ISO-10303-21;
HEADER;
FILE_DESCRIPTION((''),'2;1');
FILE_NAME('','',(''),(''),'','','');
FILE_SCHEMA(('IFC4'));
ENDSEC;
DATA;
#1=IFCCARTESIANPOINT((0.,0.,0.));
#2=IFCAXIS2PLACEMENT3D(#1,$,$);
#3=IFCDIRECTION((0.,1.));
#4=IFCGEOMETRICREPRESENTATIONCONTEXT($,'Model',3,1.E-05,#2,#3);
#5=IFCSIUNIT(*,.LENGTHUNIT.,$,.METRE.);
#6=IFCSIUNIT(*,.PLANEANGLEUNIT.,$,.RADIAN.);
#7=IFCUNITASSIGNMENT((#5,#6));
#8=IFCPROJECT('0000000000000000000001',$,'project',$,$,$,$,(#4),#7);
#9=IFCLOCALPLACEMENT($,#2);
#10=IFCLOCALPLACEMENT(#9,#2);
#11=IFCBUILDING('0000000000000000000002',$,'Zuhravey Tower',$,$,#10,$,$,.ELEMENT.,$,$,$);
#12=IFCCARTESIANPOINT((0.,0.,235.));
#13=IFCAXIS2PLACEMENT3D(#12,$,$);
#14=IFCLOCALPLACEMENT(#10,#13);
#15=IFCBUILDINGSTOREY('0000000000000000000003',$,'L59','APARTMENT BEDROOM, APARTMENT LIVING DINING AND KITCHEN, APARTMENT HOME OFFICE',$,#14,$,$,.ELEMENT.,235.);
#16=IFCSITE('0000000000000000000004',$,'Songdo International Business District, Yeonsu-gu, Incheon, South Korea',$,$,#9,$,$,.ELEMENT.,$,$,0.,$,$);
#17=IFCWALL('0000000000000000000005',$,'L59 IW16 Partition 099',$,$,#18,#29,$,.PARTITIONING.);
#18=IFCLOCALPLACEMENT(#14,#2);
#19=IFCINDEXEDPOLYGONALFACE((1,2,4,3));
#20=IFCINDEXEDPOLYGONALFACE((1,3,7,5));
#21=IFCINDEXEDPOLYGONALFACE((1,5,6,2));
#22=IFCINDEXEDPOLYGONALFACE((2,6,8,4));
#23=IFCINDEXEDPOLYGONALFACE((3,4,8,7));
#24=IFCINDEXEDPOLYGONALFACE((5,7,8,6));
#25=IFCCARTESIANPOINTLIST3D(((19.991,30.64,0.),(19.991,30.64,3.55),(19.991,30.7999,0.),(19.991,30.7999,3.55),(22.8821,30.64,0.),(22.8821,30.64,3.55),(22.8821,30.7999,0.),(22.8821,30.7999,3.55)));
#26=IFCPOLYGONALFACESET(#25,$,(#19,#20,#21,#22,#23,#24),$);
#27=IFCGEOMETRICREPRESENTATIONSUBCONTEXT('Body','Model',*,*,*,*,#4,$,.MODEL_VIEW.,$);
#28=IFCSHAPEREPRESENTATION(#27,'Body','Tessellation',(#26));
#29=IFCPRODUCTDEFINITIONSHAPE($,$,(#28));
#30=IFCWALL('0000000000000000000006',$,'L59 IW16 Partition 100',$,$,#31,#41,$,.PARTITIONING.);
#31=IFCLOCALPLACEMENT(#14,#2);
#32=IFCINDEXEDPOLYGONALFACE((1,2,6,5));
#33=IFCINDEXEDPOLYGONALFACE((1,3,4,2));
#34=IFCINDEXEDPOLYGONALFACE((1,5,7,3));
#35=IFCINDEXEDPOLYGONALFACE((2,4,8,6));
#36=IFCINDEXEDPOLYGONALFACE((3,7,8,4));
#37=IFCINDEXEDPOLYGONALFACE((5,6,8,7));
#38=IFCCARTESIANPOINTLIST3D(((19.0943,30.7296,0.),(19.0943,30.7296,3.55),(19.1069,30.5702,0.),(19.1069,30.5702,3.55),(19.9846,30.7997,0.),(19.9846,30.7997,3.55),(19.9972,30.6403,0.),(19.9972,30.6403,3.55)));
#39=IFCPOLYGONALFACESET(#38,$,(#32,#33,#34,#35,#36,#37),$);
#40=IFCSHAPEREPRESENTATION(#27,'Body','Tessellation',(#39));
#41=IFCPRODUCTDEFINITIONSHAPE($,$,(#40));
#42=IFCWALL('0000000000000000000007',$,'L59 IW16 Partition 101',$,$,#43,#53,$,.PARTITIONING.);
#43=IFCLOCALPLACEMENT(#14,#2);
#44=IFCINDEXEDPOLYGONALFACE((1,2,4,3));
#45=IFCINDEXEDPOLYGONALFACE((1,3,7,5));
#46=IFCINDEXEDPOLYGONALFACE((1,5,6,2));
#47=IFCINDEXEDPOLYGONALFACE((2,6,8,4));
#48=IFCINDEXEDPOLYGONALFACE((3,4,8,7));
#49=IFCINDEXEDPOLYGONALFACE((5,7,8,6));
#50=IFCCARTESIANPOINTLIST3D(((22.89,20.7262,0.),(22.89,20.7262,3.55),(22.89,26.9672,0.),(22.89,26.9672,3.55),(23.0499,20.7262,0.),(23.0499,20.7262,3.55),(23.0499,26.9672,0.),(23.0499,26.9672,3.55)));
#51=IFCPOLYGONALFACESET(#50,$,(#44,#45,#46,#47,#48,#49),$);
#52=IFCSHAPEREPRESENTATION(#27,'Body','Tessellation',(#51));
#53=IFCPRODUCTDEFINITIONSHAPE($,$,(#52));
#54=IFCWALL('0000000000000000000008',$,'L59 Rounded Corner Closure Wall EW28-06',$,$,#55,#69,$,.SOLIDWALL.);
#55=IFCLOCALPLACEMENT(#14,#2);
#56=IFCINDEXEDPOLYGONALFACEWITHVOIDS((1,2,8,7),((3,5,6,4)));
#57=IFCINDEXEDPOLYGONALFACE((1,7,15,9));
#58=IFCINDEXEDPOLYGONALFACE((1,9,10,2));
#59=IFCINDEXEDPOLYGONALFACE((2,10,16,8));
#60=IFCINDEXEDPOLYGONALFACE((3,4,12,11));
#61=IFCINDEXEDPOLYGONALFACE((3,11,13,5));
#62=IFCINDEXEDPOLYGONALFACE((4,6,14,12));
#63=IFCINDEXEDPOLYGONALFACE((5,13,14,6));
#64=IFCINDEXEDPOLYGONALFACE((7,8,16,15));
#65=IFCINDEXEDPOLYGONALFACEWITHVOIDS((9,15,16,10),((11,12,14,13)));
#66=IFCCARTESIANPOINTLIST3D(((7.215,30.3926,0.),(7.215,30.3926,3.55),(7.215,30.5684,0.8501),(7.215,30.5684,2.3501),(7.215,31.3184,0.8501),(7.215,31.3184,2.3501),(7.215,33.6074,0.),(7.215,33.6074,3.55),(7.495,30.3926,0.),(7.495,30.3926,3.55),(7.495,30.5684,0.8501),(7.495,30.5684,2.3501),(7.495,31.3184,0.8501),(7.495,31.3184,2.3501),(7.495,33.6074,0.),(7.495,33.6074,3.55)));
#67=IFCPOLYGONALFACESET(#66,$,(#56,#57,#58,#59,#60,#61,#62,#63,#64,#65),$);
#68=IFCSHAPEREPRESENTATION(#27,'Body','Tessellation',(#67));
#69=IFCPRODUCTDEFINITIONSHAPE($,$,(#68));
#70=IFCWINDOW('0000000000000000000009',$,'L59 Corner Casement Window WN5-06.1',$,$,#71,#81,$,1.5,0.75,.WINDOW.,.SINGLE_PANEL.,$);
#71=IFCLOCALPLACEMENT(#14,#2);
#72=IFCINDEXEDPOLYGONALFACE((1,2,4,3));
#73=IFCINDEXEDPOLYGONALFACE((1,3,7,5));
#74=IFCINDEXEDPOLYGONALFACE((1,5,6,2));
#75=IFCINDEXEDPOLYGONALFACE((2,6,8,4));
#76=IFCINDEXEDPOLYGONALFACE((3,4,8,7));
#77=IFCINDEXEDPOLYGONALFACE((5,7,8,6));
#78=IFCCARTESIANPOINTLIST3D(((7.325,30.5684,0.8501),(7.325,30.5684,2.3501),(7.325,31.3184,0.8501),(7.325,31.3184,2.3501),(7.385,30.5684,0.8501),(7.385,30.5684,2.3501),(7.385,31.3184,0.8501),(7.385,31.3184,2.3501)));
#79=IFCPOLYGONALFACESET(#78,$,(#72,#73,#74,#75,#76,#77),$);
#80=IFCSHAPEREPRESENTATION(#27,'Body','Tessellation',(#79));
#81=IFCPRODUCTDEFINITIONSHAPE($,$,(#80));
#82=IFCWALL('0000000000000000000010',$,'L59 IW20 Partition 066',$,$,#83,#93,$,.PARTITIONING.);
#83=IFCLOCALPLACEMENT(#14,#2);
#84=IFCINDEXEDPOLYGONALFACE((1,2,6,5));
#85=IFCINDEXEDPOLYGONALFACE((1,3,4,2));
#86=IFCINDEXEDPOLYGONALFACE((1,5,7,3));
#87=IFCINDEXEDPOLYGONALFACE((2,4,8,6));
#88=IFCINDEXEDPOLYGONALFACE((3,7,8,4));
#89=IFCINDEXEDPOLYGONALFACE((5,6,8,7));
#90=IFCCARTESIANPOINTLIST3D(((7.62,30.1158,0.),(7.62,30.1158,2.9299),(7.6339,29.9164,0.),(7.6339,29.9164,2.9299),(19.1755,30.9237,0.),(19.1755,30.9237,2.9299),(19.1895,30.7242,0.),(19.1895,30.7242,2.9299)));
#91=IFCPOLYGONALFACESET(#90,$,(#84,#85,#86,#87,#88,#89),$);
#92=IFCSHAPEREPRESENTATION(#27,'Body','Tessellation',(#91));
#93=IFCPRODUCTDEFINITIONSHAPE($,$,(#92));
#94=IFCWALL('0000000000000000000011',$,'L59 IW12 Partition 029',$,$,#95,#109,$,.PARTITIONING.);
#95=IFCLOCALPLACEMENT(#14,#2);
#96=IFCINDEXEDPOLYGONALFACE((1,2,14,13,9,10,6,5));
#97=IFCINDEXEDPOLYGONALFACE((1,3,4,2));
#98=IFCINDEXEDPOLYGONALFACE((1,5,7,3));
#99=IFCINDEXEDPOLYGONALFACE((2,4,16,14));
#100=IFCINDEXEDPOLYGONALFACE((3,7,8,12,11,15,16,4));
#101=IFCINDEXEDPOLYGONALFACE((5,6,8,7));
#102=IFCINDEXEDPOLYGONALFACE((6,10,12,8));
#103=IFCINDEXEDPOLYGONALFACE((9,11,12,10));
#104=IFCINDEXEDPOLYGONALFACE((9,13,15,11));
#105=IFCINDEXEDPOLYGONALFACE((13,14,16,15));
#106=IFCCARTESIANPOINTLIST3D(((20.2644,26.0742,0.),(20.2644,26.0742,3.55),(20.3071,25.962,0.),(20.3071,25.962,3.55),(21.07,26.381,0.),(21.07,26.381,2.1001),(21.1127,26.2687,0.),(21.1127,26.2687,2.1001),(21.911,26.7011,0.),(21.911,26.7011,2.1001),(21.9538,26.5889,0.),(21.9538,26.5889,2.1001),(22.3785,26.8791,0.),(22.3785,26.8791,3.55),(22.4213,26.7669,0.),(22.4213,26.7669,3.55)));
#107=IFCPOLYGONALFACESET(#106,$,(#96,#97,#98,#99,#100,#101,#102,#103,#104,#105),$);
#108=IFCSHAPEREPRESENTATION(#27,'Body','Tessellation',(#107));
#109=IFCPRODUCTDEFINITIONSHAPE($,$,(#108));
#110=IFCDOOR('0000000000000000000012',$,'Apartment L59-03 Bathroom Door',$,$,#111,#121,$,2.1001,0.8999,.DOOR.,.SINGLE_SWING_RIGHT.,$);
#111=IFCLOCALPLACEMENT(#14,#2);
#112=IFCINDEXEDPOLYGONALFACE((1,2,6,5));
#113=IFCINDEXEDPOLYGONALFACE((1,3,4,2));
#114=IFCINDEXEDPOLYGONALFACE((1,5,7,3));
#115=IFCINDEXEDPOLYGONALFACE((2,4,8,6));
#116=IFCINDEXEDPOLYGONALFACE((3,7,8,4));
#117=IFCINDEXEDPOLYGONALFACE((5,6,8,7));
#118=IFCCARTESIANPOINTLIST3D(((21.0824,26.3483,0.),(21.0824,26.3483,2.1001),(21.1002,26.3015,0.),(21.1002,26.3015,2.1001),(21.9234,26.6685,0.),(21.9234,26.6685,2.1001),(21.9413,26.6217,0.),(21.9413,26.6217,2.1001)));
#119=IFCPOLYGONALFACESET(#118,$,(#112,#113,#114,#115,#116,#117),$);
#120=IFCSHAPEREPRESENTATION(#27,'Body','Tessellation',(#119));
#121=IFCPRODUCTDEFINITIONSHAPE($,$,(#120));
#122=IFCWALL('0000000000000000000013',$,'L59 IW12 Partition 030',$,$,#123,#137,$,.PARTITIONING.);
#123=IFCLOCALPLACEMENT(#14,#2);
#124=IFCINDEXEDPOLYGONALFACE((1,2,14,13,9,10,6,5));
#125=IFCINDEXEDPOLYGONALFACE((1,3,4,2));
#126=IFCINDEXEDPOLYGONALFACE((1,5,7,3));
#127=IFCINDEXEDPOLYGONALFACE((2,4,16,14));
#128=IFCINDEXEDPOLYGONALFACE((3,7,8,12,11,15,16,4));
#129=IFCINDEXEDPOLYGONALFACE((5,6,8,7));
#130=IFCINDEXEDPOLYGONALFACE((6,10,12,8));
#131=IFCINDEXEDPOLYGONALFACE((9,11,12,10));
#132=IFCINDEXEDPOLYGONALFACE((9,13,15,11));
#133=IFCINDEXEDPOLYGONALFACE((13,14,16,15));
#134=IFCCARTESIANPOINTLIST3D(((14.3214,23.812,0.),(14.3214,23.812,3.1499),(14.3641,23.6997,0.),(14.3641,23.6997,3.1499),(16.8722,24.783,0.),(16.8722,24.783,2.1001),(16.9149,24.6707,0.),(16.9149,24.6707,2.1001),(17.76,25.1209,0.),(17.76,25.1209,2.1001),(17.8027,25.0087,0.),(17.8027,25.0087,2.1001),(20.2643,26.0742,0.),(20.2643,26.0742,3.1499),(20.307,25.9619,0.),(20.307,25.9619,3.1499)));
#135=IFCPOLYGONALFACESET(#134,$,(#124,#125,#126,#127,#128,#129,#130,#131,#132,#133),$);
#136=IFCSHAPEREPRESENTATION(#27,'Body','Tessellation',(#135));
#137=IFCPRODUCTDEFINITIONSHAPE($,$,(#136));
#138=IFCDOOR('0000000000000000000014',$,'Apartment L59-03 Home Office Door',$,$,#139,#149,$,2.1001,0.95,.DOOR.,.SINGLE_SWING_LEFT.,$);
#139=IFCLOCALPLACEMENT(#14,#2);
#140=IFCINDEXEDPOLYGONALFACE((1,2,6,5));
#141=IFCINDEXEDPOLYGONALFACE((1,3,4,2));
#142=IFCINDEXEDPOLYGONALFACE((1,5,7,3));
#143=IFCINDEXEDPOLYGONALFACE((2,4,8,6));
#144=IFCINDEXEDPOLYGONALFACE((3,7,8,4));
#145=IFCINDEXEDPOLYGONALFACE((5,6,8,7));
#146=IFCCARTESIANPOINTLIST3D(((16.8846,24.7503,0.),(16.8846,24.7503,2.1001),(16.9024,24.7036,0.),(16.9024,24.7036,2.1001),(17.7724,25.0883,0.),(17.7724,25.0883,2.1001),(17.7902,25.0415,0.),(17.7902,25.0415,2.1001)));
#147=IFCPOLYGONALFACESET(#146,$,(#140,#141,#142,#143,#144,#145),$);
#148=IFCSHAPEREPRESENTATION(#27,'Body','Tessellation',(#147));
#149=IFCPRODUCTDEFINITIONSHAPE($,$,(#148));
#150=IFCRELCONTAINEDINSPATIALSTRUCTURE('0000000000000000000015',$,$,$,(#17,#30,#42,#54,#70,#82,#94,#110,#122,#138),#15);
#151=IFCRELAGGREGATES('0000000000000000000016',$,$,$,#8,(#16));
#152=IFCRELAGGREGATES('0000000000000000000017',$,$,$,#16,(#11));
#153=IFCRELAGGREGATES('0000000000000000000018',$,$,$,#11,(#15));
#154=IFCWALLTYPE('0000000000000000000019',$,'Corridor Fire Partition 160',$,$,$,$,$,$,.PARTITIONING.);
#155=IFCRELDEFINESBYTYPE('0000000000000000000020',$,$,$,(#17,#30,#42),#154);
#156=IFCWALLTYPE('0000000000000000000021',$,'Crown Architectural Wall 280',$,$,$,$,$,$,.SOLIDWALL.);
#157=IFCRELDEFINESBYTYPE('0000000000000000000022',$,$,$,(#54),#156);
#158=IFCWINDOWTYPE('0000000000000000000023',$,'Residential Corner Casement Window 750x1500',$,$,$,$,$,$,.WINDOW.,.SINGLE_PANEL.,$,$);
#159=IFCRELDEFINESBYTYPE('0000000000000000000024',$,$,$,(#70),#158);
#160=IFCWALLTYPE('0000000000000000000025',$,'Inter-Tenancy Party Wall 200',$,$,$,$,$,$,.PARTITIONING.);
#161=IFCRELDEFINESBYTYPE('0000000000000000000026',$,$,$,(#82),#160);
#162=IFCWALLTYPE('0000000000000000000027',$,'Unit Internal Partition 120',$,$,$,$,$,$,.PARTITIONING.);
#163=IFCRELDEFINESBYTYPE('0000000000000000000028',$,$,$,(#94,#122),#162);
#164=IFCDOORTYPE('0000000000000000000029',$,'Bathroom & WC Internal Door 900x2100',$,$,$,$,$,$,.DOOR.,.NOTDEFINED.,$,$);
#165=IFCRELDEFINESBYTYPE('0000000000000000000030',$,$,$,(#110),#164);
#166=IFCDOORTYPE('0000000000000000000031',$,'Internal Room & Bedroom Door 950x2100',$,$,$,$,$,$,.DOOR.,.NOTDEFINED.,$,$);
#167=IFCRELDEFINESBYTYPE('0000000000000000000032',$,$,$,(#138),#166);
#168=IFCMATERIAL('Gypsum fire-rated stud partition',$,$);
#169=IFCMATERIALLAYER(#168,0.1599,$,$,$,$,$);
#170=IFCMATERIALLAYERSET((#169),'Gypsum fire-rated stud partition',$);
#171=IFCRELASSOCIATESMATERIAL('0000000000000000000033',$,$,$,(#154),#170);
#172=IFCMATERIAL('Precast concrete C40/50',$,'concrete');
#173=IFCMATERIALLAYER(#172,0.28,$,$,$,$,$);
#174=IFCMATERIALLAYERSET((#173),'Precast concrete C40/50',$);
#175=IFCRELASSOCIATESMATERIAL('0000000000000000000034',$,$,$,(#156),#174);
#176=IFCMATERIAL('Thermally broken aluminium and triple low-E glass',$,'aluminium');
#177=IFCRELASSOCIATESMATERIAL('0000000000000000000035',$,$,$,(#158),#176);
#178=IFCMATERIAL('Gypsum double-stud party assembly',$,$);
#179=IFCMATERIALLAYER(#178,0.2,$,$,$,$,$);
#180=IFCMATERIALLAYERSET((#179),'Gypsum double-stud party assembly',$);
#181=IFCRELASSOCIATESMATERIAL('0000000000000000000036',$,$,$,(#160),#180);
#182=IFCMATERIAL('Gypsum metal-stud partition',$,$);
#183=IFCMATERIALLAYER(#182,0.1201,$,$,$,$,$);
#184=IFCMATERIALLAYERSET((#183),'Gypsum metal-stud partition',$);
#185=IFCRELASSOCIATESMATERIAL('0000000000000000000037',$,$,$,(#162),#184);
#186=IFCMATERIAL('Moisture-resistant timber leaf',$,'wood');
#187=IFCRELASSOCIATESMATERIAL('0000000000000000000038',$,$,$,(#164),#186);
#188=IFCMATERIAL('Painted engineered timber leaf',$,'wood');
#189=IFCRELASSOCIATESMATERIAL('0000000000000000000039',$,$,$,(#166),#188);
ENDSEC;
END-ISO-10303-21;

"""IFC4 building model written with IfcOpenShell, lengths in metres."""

from ifc_helpers import new_model, si_unit, direction, frame, frame_2d, origin, place, context, subcontext, project, spatial, rectangle, extrude, material, layer, layer_set, type_object, element, fill, save


model = new_model("IFC4")

# Units and contexts
model_context = context("Model", 3, precision=1e-05, world=origin(), true_north=direction((0.0, 1.0)))
body_context = subcontext(model_context, "Body", "Model", "MODEL_VIEW")
ifc_project = project(units=[si_unit("LENGTHUNIT", "METRE"), si_unit("PLANEANGLEUNIT", "RADIAN")], contexts=[model_context])

# Site, building, storey
site_placement = place(None, origin())
site = spatial("IfcSite", under=ifc_project, at=site_placement, Name="Songdo International Business District, Yeonsu-gu, Incheon, South Korea", CompositionType="ELEMENT", RefElevation=0.0)
building_placement = place(site_placement, origin())
building = spatial("IfcBuilding", under=site, at=building_placement, Name="Zuhravey Tower", CompositionType="ELEMENT")
storey_placement = place(building_placement, frame((0.0, 0.0, 235.0)))
storey = spatial("IfcBuildingStorey", under=building, at=storey_placement, Name="L59", Description="APARTMENT BEDROOM, APARTMENT LIVING DINING AND KITCHEN, APARTMENT HOME OFFICE", CompositionType="ELEMENT", Elevation=235.0)

# Walls
ifc_material_1 = material(Name="Gypsum fire-rated stud partition")
ifc_layer_1 = layer(ifc_material_1, 0.1599)
ifc_layer_set_1 = layer_set([ifc_layer_1], Name="Gypsum fire-rated stud partition")
wall_type_1 = type_object("IfcWallType", Name="Corridor Fire Partition 160", PredefinedType="PARTITIONING", material=ifc_layer_set_1)
wall_1_placement = place(storey_placement, frame((19.991, 30.72, 0.0), z_axis=(0.0, 0.0, 1.0), x_axis=(1.0, 0.0, 0.0)))
element("IfcWall", 1, at=wall_1_placement, inside=storey, type_object=wall_type_1, Name="L59 IW16 Partition 099", PredefinedType="PARTITIONING", context=body_context, shape_type="SweptSolid", body=[
    extrude(rectangle(XDim=2.8911, YDim=0.1599, at=frame_2d((1.4456, 0.0))), origin(), (0.0, 0.0, 1.0), 3.55),
])
wall_2_placement = place(storey_placement, frame((19.1006, 30.6499, 0.0), z_axis=(0.0, 0.0, 1.0), x_axis=(0.996918, 0.078452, 0.0)))
element("IfcWall", 2, at=wall_2_placement, inside=storey, type_object=wall_type_1, Name="L59 IW16 Partition 100", PredefinedType="PARTITIONING", context=body_context, shape_type="SweptSolid", body=[
    extrude(rectangle(XDim=0.8931, YDim=0.1599, at=frame_2d((0.4465, 0.0))), origin(), (0.0, 0.0, 1.0), 3.55),
])
wall_3_placement = place(storey_placement, frame((22.97, 26.9673, 0.0), z_axis=(0.0, 0.0, 1.0), x_axis=(0.0, -1.0, 0.0)))
element("IfcWall", 3, at=wall_3_placement, inside=storey, type_object=wall_type_1, Name="L59 IW16 Partition 101", PredefinedType="PARTITIONING", context=body_context, shape_type="SweptSolid", body=[
    extrude(rectangle(XDim=6.241, YDim=0.1599, at=frame_2d((3.1206, 0.0))), origin(), (0.0, 0.0, 1.0), 3.55),
])

# Wall, opening, window
ifc_material_2 = material(Name="Precast concrete C40/50", Category="concrete")
ifc_layer_2 = layer(ifc_material_2, 0.28)
ifc_layer_set_2 = layer_set([ifc_layer_2], Name="Precast concrete C40/50")
wall_type_2 = type_object("IfcWallType", Name="Crown Architectural Wall 280", PredefinedType="SOLIDWALL", material=ifc_layer_set_2)
wall_4_placement = place(storey_placement, frame((7.355, 30.3926, 0.0), z_axis=(0.0, 0.0, 1.0), x_axis=(0.0, 1.0, 0.0)))
wall_4 = element("IfcWall", 4, at=wall_4_placement, inside=storey, type_object=wall_type_2, Name="L59 Rounded Corner Closure Wall EW28-06", PredefinedType="SOLIDWALL", context=body_context, shape_type="SweptSolid", body=[
    extrude(rectangle(XDim=3.2148, YDim=0.28, at=frame_2d((1.6074, 0.0))), origin(), (0.0, 0.0, 1.0), 3.55),
])
opening_1_placement = place(wall_4_placement, frame((0.1758, 0.0, 0.8501)))
opening_1 = element("IfcOpeningElement", 5, at=opening_1_placement, cuts=wall_4, PredefinedType="OPENING", context=body_context, shape_type="SweptSolid", body=[
    extrude(rectangle(XDim=0.75, YDim=1.5, at=frame_2d((0.375, 0.75))), frame((0.0, 0.1521, 0.0), z_axis=(0.0, -1.0, 0.0), x_axis=(1.0, 0.0, 0.0)), (0.0, 0.0, 1.0), 0.304),
])
ifc_material_3 = material(Name="Thermally broken aluminium and triple low-E glass", Category="aluminium")
window_type = type_object("IfcWindowType", Name="Residential Corner Casement Window 750x1500", PartitioningType="SINGLE_PANEL", PredefinedType="WINDOW", material=ifc_material_3)
window_placement = place(opening_1_placement, origin())
window = element("IfcWindow", 6, at=window_placement, inside=storey, type_object=window_type, Name="L59 Corner Casement Window WN5-06.1", OverallHeight=1.5, OverallWidth=0.75, PartitioningType="SINGLE_PANEL", PredefinedType="WINDOW", context=body_context, shape_type="SweptSolid", body=[
    extrude(rectangle(XDim=0.75, YDim=1.5, at=frame_2d((0.375, 0.75))), frame((0.0, 0.03, 0.0), z_axis=(0.0, -1.0, 0.0), x_axis=(1.0, 0.0, 0.0)), (0.0, 0.0, 1.0), 0.0601),
])
fill(opening_1, window)

# Wall
ifc_material_4 = material(Name="Gypsum double-stud party assembly")
ifc_layer_3 = layer(ifc_material_4, 0.2)
ifc_layer_set_3 = layer_set([ifc_layer_3], Name="Gypsum double-stud party assembly")
wall_type_3 = type_object("IfcWallType", Name="Inter-Tenancy Party Wall 200", PredefinedType="PARTITIONING", material=ifc_layer_set_3)
wall_5_placement = place(storey_placement, frame((19.1826, 30.824, 0.0), z_axis=(0.0, 0.0, 1.0), x_axis=(-0.997565, -0.069742, 0.0)))
element("IfcWall", 7, at=wall_5_placement, inside=storey, type_object=wall_type_3, Name="L59 IW20 Partition 066", PredefinedType="PARTITIONING", context=body_context, shape_type="SweptSolid", body=[
    extrude(rectangle(XDim=11.5837, YDim=0.2, at=frame_2d((5.792, 0.0))), origin(), (0.0, 0.0, 1.0), 2.9299),
])

# Walls, openings, doors
ifc_material_5 = material(Name="Gypsum metal-stud partition")
ifc_layer_4 = layer(ifc_material_5, 0.1201)
ifc_layer_set_4 = layer_set([ifc_layer_4], Name="Gypsum metal-stud partition")
wall_type_4 = type_object("IfcWallType", Name="Unit Internal Partition 120", PredefinedType="PARTITIONING", material=ifc_layer_set_4)
wall_6_placement = place(storey_placement, frame((22.3999, 26.823, 0.0), z_axis=(0.0, 0.0, 1.0), x_axis=(-0.934561, -0.355802, 0.0)))
wall_6 = element("IfcWall", 8, at=wall_6_placement, inside=storey, type_object=wall_type_4, Name="L59 IW12 Partition 029", PredefinedType="PARTITIONING", context=body_context, shape_type="SweptSolid", body=[
    extrude(rectangle(XDim=2.2622, YDim=0.1201, at=frame_2d((1.1311, 0.0))), origin(), (0.0, 0.0, 1.0), 3.55),
])
opening_2_placement = place(wall_6_placement, frame((0.5002, 0.0, 0.0)))
opening_2 = element("IfcOpeningElement", 9, at=opening_2_placement, cuts=wall_6, PredefinedType="OPENING", context=body_context, shape_type="SweptSolid", body=[
    extrude(rectangle(XDim=0.8999, YDim=2.1001, at=frame_2d((0.45, 1.05))), frame((0.0, 0.072, 0.0), z_axis=(0.0, -1.0, 0.0), x_axis=(1.0, 0.0, 0.0)), (0.0, 0.0, 1.0), 0.144),
])
ifc_material_6 = material(Name="Moisture-resistant timber leaf", Category="wood")
door_type_1 = type_object("IfcDoorType", Name="Bathroom & WC Internal Door 900x2100", OperationType="NOTDEFINED", PredefinedType="DOOR", material=ifc_material_6)
door_1_placement = place(opening_2_placement, origin())
door_1 = element("IfcDoor", 10, at=door_1_placement, inside=storey, type_object=door_type_1, Name="Apartment L59-03 Bathroom Door", OperationType="SINGLE_SWING_RIGHT", OverallHeight=2.1001, OverallWidth=0.8999, PredefinedType="DOOR", context=body_context, shape_type="SweptSolid", body=[
    extrude(rectangle(XDim=0.8999, YDim=2.1001, at=frame_2d((0.45, 1.05))), frame((0.0, 0.0249, 0.0), z_axis=(0.0, -1.0, 0.0), x_axis=(1.0, 0.0, 0.0)), (0.0, 0.0, 1.0), 0.05),
])
fill(opening_2, door_1)
wall_7_placement = place(storey_placement, frame((20.2856, 26.0181, 0.0), z_axis=(0.0, 0.0, 1.0), x_axis=(-0.934579, -0.355756, 0.0)))
wall_7 = element("IfcWall", 11, at=wall_7_placement, inside=storey, type_object=wall_type_4, Name="L59 IW12 Partition 030", PredefinedType="PARTITIONING", context=body_context, shape_type="SweptSolid", body=[
    extrude(rectangle(XDim=6.3589, YDim=0.1201, at=frame_2d((3.1794, 0.0))), origin(), (0.0, 0.0, 1.0), 3.1499),
])
opening_3_placement = place(wall_7_placement, frame((2.6794, 0.0, 0.0)))
opening_3 = element("IfcOpeningElement", 12, at=opening_3_placement, cuts=wall_7, PredefinedType="OPENING", context=body_context, shape_type="SweptSolid", body=[
    extrude(rectangle(XDim=0.95, YDim=2.1001, at=frame_2d((0.4751, 1.05))), frame((0.0, 0.072, 0.0), z_axis=(0.0, -1.0, 0.0), x_axis=(1.0, 0.0, 0.0)), (0.0, 0.0, 1.0), 0.144),
])
ifc_material_7 = material(Name="Painted engineered timber leaf", Category="wood")
door_type_2 = type_object("IfcDoorType", Name="Internal Room & Bedroom Door 950x2100", OperationType="NOTDEFINED", PredefinedType="DOOR", material=ifc_material_7)
door_2_placement = place(opening_3_placement, origin())
door_2 = element("IfcDoor", 13, at=door_2_placement, inside=storey, type_object=door_type_2, Name="Apartment L59-03 Home Office Door", OperationType="SINGLE_SWING_LEFT", OverallHeight=2.1001, OverallWidth=0.95, PredefinedType="DOOR", context=body_context, shape_type="SweptSolid", body=[
    extrude(rectangle(XDim=0.95, YDim=2.1001, at=frame_2d((0.4751, 1.05))), frame((0.0, 0.0249, 0.0), z_axis=(0.0, -1.0, 0.0), x_axis=(1.0, 0.0, 0.0)), (0.0, 0.0, 1.0), 0.05),
])
fill(opening_3, door_2)

save(model, "model.ifc")
